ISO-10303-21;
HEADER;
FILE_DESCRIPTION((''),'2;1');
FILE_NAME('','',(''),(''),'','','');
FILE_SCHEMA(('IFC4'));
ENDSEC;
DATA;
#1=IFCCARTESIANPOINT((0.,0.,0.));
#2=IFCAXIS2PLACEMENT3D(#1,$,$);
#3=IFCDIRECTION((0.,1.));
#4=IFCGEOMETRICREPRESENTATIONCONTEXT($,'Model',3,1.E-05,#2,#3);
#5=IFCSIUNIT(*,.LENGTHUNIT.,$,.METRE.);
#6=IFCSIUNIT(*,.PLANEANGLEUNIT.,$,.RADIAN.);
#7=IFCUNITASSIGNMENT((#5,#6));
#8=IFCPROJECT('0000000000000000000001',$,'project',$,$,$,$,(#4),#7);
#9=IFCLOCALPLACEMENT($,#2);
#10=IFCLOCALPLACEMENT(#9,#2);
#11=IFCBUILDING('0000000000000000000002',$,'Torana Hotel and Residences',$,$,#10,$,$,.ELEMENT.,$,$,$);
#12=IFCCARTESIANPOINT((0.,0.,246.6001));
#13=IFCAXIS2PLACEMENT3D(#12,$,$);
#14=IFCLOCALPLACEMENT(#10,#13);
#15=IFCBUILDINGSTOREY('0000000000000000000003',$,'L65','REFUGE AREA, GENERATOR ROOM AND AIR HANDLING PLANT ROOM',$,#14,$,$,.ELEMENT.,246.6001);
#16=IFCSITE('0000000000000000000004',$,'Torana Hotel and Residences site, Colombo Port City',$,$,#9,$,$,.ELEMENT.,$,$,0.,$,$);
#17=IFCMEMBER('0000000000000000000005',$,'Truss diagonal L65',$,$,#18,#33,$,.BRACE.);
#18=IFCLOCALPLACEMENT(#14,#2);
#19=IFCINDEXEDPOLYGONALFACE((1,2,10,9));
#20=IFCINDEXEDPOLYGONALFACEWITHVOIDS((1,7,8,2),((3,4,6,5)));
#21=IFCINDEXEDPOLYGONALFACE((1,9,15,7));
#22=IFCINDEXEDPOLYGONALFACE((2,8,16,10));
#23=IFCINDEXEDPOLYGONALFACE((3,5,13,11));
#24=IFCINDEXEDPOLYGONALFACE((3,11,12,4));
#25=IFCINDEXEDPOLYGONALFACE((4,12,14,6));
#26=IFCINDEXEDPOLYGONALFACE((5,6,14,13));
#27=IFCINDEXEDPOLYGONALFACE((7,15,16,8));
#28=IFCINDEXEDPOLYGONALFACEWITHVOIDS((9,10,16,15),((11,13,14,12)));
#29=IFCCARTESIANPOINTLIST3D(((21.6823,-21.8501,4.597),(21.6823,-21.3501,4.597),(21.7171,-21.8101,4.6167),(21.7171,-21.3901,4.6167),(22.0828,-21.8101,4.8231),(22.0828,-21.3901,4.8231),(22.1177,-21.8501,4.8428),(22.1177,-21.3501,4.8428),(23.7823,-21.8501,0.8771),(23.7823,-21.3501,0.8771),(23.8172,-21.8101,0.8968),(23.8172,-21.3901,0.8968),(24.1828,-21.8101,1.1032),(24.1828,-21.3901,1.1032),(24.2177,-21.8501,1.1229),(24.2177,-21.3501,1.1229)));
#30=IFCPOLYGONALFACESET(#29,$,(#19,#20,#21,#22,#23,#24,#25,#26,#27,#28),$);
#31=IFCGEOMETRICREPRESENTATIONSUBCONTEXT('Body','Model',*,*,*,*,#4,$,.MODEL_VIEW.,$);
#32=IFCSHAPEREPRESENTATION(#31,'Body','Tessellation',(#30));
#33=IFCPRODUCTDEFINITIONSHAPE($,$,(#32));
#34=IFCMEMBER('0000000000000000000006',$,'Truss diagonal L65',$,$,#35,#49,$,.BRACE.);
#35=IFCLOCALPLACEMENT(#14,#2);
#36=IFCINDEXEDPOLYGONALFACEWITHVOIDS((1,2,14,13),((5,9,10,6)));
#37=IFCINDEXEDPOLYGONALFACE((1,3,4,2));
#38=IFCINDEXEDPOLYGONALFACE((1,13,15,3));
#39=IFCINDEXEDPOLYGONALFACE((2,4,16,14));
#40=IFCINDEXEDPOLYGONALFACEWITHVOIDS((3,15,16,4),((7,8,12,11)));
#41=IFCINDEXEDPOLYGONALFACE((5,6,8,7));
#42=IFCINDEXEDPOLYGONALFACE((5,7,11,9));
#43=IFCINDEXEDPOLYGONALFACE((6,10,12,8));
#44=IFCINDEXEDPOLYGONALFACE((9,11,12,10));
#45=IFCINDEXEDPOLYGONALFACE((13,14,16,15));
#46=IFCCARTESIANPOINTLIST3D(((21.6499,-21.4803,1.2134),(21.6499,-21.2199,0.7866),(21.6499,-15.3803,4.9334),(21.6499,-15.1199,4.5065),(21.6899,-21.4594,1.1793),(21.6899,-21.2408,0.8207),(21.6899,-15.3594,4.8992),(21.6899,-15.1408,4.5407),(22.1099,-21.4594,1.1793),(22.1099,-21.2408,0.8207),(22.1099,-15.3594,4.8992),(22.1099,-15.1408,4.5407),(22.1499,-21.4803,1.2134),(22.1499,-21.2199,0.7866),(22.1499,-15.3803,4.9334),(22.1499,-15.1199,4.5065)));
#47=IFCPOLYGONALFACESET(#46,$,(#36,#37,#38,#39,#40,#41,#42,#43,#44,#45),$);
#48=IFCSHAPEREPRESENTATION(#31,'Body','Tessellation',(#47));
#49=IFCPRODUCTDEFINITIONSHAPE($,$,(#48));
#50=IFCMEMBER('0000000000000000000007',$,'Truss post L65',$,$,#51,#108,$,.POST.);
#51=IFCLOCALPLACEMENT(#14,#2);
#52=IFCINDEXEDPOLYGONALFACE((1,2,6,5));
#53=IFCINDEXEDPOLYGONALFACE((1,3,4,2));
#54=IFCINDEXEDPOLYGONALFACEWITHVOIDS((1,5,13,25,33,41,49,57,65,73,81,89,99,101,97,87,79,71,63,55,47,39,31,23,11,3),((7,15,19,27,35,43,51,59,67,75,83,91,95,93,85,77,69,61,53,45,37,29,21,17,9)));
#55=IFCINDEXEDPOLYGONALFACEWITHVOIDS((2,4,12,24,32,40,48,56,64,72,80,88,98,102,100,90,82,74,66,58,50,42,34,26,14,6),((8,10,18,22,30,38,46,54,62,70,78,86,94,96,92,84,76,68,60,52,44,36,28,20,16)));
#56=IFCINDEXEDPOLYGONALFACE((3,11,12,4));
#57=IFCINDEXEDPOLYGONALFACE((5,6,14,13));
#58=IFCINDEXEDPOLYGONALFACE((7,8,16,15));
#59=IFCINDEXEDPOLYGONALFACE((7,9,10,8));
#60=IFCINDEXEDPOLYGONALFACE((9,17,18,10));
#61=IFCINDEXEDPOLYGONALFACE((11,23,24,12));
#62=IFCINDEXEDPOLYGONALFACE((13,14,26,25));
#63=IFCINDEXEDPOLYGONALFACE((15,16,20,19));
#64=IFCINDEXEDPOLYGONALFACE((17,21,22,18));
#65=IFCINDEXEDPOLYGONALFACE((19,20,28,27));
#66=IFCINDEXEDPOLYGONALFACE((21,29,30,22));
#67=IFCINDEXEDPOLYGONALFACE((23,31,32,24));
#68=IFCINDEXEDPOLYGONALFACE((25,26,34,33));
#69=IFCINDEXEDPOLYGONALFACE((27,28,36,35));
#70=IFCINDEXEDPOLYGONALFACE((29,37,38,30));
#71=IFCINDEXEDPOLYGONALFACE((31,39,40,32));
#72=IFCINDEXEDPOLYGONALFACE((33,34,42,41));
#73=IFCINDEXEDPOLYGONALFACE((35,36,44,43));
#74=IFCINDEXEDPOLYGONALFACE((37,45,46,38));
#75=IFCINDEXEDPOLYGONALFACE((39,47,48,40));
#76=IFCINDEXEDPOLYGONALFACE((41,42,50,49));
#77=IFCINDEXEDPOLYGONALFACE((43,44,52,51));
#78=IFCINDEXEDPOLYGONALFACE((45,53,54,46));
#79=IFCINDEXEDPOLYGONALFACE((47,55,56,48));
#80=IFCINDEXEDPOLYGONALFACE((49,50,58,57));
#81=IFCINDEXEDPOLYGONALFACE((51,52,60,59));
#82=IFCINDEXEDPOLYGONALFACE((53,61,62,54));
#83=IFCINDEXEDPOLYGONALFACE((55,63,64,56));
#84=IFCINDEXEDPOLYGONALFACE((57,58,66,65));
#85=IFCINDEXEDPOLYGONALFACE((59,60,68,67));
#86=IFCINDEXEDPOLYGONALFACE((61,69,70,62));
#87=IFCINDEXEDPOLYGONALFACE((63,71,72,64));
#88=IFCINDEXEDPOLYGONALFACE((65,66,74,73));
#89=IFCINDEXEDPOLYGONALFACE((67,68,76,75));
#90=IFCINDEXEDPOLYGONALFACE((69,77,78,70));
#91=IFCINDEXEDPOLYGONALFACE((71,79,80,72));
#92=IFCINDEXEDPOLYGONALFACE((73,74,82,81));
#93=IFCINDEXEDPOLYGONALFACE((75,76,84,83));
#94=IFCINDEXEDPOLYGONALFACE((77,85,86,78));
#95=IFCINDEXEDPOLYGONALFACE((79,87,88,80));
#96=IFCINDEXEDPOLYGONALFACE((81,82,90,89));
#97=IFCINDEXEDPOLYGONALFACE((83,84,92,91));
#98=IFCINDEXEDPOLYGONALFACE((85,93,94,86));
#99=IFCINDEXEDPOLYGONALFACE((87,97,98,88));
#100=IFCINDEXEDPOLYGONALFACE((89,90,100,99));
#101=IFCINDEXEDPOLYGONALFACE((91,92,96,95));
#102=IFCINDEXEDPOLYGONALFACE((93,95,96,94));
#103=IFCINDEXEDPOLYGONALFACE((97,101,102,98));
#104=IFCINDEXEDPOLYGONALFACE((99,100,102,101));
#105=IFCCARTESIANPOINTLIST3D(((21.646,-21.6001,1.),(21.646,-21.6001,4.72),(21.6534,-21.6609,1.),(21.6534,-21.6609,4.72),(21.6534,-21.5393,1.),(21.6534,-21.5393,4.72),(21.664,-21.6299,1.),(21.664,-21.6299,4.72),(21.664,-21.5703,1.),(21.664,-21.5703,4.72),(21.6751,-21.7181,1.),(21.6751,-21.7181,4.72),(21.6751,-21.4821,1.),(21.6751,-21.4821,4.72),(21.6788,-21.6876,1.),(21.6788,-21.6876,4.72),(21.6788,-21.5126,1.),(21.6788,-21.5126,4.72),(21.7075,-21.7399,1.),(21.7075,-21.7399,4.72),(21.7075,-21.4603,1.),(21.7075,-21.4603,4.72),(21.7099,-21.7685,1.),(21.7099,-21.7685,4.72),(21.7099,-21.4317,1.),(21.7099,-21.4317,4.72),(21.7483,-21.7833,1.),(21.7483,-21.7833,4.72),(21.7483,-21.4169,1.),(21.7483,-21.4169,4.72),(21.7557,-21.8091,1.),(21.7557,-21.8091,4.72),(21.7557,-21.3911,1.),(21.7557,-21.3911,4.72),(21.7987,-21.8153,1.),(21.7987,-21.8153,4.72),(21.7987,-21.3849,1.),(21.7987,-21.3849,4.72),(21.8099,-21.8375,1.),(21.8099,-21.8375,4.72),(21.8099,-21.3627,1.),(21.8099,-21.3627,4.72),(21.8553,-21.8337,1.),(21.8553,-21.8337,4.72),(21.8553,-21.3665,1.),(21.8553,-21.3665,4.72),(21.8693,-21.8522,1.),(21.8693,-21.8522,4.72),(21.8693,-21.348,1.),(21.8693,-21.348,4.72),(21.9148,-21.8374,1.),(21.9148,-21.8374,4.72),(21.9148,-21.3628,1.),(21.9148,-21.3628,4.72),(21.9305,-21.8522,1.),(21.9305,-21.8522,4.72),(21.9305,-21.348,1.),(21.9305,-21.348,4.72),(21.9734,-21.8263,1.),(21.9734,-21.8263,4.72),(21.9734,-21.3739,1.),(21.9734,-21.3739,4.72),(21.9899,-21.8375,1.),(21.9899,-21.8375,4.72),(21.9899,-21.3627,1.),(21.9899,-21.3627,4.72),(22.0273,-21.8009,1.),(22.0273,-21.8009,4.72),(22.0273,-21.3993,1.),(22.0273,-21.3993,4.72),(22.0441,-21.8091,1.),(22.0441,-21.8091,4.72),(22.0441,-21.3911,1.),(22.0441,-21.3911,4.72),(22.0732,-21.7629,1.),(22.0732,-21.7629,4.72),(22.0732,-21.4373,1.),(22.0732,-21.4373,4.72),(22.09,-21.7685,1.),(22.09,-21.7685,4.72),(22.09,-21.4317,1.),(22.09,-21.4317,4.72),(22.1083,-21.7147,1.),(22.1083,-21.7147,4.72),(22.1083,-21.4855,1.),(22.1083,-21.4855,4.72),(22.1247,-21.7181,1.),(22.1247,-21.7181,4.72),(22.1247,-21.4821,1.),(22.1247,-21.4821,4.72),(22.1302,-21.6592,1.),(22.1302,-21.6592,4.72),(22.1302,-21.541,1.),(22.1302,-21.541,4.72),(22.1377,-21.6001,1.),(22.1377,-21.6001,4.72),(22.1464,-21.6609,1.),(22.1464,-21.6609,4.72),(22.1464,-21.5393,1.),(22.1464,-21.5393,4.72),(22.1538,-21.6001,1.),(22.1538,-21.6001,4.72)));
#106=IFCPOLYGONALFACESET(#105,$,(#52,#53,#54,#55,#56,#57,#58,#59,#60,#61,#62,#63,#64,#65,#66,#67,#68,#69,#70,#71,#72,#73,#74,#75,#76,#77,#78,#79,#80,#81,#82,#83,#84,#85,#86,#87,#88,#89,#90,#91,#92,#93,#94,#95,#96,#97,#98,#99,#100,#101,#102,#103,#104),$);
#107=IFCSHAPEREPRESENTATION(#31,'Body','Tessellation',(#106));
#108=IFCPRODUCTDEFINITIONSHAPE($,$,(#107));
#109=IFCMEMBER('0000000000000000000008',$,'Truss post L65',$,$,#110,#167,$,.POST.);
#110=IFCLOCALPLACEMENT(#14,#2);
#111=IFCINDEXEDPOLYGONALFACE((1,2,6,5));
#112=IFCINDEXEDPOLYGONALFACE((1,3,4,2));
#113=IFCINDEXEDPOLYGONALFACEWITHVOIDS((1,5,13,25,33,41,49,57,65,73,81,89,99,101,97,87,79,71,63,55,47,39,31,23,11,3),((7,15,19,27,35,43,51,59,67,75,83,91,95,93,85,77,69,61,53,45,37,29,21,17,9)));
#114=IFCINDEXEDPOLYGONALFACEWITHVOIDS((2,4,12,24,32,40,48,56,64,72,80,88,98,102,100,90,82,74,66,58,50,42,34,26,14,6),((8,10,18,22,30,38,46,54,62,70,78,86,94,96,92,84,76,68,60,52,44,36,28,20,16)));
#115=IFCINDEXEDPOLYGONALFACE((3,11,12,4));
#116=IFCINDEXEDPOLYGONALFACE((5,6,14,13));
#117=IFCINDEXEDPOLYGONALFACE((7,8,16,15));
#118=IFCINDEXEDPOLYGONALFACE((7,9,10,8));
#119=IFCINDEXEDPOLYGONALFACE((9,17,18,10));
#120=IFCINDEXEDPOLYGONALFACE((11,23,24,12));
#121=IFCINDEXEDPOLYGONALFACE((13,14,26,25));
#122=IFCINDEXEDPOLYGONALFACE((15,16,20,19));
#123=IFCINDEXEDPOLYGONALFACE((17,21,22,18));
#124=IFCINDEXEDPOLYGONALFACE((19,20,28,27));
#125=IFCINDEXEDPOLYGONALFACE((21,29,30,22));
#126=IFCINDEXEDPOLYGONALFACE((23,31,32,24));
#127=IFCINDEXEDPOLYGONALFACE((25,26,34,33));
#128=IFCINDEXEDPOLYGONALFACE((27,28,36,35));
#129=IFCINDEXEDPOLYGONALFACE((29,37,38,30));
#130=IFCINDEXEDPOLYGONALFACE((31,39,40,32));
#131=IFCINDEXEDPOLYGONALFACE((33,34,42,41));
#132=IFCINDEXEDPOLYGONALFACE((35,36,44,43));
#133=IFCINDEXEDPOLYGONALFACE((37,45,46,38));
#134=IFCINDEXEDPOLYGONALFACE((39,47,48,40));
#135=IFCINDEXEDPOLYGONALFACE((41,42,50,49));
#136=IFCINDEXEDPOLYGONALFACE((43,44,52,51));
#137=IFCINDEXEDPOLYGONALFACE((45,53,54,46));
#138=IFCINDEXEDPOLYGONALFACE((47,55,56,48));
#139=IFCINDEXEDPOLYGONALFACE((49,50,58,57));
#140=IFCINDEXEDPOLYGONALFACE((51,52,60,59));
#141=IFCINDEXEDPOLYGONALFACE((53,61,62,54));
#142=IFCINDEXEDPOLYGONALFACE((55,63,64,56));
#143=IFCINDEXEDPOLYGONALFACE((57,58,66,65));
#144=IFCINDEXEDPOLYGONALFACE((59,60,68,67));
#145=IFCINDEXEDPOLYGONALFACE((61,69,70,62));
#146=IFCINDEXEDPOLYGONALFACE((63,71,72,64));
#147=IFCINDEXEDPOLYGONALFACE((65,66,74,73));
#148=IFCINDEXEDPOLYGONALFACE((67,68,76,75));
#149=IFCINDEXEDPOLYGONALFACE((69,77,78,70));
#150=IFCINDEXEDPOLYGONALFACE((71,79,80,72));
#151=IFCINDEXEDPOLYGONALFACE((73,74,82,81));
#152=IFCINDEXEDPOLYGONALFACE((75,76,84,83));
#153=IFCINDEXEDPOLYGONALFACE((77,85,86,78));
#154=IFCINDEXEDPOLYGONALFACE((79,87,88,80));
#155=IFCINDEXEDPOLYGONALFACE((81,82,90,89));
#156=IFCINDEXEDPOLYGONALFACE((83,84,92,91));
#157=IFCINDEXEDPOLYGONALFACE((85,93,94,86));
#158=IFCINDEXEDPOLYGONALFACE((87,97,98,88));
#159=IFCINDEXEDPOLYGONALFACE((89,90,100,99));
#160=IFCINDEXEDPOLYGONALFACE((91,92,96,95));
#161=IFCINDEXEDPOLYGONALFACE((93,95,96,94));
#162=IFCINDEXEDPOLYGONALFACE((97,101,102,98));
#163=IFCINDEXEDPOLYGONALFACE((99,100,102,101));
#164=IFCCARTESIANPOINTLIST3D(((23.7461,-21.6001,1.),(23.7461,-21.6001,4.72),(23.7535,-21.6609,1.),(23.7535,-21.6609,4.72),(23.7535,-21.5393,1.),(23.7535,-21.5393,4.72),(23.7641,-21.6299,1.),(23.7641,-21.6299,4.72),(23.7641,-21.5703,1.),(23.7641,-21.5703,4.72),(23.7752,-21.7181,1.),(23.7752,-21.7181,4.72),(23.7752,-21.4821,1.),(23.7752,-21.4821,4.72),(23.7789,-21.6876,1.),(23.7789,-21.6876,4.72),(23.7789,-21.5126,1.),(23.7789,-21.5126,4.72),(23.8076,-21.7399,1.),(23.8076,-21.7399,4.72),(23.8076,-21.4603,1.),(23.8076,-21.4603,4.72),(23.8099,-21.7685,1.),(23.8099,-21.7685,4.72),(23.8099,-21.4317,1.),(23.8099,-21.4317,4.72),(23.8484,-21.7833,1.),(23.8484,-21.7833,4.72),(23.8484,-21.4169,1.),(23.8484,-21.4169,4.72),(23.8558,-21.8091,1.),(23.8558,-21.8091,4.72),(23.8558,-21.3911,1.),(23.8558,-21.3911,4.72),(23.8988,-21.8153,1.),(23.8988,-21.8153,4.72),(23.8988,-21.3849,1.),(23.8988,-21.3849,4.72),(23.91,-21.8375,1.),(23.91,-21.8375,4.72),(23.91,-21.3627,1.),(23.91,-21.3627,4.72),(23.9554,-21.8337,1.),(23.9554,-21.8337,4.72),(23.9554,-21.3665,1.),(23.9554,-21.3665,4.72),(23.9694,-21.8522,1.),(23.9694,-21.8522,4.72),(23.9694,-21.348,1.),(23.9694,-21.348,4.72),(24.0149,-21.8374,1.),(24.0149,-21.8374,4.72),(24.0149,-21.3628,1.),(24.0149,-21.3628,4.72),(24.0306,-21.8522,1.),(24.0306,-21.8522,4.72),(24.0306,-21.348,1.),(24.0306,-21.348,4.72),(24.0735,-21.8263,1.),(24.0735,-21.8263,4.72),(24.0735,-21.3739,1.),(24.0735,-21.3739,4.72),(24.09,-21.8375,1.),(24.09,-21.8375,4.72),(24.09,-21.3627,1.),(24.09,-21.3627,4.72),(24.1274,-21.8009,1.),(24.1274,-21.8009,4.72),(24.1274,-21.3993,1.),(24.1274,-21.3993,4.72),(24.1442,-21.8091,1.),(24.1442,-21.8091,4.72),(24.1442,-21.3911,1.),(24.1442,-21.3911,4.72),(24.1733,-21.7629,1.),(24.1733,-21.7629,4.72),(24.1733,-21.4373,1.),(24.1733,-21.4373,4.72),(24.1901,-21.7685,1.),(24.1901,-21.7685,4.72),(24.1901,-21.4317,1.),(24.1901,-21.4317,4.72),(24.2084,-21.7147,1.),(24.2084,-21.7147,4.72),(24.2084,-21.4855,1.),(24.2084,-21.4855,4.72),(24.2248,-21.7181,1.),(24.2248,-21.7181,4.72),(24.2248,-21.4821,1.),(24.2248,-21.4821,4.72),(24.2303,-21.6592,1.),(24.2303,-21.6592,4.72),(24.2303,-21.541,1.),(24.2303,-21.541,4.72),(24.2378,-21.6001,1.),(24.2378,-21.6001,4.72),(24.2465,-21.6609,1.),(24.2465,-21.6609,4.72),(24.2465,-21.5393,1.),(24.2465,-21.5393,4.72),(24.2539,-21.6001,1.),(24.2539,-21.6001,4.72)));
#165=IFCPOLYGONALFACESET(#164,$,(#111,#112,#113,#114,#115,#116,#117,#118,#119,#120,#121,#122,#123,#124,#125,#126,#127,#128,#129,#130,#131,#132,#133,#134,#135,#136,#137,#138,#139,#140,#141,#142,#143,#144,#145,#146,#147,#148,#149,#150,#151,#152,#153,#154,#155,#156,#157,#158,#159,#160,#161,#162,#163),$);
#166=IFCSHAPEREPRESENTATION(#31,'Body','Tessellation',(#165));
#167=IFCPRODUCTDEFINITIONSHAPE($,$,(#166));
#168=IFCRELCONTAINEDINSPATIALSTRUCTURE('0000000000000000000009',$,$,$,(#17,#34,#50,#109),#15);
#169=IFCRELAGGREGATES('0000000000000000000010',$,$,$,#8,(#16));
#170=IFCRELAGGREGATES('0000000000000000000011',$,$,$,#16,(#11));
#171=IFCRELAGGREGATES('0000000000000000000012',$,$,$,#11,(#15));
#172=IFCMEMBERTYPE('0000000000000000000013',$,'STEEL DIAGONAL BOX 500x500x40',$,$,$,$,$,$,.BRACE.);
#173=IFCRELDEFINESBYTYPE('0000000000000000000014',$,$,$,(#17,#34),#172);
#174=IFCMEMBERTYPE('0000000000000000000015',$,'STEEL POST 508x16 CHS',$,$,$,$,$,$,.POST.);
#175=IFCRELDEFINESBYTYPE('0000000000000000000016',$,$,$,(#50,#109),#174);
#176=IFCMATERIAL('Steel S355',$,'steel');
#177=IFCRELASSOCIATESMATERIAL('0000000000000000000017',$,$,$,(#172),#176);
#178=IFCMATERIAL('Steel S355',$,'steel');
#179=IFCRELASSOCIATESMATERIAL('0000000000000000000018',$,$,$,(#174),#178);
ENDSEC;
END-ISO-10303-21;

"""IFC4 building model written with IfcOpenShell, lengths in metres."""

from ifc_helpers import new_model, si_unit, direction, frame, origin, origin_2d, place, context, subcontext, project, spatial, hollow_rectangle, hollow_circle, extrude, material, material_profile, profile_set, type_object, element, save


model = new_model("IFC4")

# Units and contexts
model_context = context("Model", 3, precision=1e-05, world=origin(), true_north=direction((0.0, 1.0)))
body_context = subcontext(model_context, "Body", "Model", "MODEL_VIEW")
ifc_project = project(units=[si_unit("LENGTHUNIT", "METRE"), si_unit("PLANEANGLEUNIT", "RADIAN")], contexts=[model_context])

# Site, building, storey
site_placement = place(None, origin())
site = spatial("IfcSite", under=ifc_project, at=site_placement, Name="Torana Hotel and Residences site, Colombo Port City", CompositionType="ELEMENT", RefElevation=0.0)
building_placement = place(site_placement, origin())
building = spatial("IfcBuilding", under=site, at=building_placement, Name="Torana Hotel and Residences", CompositionType="ELEMENT")
storey_placement = place(building_placement, frame((0.0, 0.0, 246.6001)))
storey = spatial("IfcBuildingStorey", under=building, at=storey_placement, Name="L65", Description="REFUGE AREA, GENERATOR ROOM AND AIR HANDLING PLANT ROOM", CompositionType="ELEMENT", Elevation=246.6001)

# Members
ifc_material_1 = material(Name="Steel S355", Category="steel")
ifc_material_profile_1 = material_profile(ifc_material_1, hollow_rectangle(XDim=0.5, YDim=0.5, WallThickness=0.04, at=origin_2d()), Name="BOX 500x500x40")
ifc_profile_set_1 = profile_set([ifc_material_profile_1], Name="Steel S355")
member_type_1 = type_object("IfcMemberType", Name="STEEL DIAGONAL BOX 500x500x40", PredefinedType="BRACE", material=ifc_profile_set_1)
for number, where, z_axis, x_axis, name in (
    (1, (24.0, -21.6001, 1.0), (-0.491615, 0.0, 0.870813), (0.0, -1.0, 0.0), "Truss diagonal L65"),
):
    element("IfcMember", number, at=place(storey_placement, frame(where, z_axis=z_axis, x_axis=x_axis)), inside=storey, type_object=member_type_1, Name=name, PredefinedType="BRACE", context=body_context, shape_type="SweptSolid", body=[
        extrude(hollow_rectangle(XDim=0.5, YDim=0.5, WallThickness=0.04, at=origin_2d()), origin(), (0.0, 0.0, 1.0), 4.2717),
    ])
member_1_placement = place(storey_placement, frame((21.8999, -21.3501, 1.0), z_axis=(0.0, 0.853771, 0.520648), x_axis=(-1.0, 0.0, 0.0)))
element("IfcMember", 2, at=member_1_placement, inside=storey, type_object=member_type_1, Name="Truss diagonal L65", PredefinedType="BRACE", context=body_context, shape_type="SweptSolid", body=[
    extrude(hollow_rectangle(XDim=0.5, YDim=0.5, WallThickness=0.04, at=origin_2d()), origin(), (0.0, 0.0, 1.0), 7.1448),
])
ifc_material_2 = material(Name="Steel S355", Category="steel")
ifc_material_profile_2 = material_profile(ifc_material_2, hollow_circle(Radius=0.2539, WallThickness=0.0161, at=origin_2d()), Name="508x16 CHS")
ifc_profile_set_2 = profile_set([ifc_material_profile_2], Name="Steel S355")
member_type_2 = type_object("IfcMemberType", Name="STEEL POST 508x16 CHS", PredefinedType="POST", material=ifc_profile_set_2)
for number, where, z_axis, x_axis, name in (
    (3, (21.8999, -21.6001, 1.0), (0.0, 0.0, 1.0), (1.0, 0.0, 0.0), "Truss post L65"),
    (4, (24.0, -21.6001, 1.0), (0.0, 0.0, 1.0), (1.0, 0.0, 0.0), "Truss post L65"),
):
    element("IfcMember", number, at=place(storey_placement, frame(where, z_axis=z_axis, x_axis=x_axis)), inside=storey, type_object=member_type_2, Name=name, PredefinedType="POST", context=body_context, shape_type="SweptSolid", body=[
        extrude(hollow_circle(Radius=0.2539, WallThickness=0.0161, at=origin_2d()), origin(), (0.0, 0.0, 1.0), 3.72),
    ])

save(model, "model.ifc")
